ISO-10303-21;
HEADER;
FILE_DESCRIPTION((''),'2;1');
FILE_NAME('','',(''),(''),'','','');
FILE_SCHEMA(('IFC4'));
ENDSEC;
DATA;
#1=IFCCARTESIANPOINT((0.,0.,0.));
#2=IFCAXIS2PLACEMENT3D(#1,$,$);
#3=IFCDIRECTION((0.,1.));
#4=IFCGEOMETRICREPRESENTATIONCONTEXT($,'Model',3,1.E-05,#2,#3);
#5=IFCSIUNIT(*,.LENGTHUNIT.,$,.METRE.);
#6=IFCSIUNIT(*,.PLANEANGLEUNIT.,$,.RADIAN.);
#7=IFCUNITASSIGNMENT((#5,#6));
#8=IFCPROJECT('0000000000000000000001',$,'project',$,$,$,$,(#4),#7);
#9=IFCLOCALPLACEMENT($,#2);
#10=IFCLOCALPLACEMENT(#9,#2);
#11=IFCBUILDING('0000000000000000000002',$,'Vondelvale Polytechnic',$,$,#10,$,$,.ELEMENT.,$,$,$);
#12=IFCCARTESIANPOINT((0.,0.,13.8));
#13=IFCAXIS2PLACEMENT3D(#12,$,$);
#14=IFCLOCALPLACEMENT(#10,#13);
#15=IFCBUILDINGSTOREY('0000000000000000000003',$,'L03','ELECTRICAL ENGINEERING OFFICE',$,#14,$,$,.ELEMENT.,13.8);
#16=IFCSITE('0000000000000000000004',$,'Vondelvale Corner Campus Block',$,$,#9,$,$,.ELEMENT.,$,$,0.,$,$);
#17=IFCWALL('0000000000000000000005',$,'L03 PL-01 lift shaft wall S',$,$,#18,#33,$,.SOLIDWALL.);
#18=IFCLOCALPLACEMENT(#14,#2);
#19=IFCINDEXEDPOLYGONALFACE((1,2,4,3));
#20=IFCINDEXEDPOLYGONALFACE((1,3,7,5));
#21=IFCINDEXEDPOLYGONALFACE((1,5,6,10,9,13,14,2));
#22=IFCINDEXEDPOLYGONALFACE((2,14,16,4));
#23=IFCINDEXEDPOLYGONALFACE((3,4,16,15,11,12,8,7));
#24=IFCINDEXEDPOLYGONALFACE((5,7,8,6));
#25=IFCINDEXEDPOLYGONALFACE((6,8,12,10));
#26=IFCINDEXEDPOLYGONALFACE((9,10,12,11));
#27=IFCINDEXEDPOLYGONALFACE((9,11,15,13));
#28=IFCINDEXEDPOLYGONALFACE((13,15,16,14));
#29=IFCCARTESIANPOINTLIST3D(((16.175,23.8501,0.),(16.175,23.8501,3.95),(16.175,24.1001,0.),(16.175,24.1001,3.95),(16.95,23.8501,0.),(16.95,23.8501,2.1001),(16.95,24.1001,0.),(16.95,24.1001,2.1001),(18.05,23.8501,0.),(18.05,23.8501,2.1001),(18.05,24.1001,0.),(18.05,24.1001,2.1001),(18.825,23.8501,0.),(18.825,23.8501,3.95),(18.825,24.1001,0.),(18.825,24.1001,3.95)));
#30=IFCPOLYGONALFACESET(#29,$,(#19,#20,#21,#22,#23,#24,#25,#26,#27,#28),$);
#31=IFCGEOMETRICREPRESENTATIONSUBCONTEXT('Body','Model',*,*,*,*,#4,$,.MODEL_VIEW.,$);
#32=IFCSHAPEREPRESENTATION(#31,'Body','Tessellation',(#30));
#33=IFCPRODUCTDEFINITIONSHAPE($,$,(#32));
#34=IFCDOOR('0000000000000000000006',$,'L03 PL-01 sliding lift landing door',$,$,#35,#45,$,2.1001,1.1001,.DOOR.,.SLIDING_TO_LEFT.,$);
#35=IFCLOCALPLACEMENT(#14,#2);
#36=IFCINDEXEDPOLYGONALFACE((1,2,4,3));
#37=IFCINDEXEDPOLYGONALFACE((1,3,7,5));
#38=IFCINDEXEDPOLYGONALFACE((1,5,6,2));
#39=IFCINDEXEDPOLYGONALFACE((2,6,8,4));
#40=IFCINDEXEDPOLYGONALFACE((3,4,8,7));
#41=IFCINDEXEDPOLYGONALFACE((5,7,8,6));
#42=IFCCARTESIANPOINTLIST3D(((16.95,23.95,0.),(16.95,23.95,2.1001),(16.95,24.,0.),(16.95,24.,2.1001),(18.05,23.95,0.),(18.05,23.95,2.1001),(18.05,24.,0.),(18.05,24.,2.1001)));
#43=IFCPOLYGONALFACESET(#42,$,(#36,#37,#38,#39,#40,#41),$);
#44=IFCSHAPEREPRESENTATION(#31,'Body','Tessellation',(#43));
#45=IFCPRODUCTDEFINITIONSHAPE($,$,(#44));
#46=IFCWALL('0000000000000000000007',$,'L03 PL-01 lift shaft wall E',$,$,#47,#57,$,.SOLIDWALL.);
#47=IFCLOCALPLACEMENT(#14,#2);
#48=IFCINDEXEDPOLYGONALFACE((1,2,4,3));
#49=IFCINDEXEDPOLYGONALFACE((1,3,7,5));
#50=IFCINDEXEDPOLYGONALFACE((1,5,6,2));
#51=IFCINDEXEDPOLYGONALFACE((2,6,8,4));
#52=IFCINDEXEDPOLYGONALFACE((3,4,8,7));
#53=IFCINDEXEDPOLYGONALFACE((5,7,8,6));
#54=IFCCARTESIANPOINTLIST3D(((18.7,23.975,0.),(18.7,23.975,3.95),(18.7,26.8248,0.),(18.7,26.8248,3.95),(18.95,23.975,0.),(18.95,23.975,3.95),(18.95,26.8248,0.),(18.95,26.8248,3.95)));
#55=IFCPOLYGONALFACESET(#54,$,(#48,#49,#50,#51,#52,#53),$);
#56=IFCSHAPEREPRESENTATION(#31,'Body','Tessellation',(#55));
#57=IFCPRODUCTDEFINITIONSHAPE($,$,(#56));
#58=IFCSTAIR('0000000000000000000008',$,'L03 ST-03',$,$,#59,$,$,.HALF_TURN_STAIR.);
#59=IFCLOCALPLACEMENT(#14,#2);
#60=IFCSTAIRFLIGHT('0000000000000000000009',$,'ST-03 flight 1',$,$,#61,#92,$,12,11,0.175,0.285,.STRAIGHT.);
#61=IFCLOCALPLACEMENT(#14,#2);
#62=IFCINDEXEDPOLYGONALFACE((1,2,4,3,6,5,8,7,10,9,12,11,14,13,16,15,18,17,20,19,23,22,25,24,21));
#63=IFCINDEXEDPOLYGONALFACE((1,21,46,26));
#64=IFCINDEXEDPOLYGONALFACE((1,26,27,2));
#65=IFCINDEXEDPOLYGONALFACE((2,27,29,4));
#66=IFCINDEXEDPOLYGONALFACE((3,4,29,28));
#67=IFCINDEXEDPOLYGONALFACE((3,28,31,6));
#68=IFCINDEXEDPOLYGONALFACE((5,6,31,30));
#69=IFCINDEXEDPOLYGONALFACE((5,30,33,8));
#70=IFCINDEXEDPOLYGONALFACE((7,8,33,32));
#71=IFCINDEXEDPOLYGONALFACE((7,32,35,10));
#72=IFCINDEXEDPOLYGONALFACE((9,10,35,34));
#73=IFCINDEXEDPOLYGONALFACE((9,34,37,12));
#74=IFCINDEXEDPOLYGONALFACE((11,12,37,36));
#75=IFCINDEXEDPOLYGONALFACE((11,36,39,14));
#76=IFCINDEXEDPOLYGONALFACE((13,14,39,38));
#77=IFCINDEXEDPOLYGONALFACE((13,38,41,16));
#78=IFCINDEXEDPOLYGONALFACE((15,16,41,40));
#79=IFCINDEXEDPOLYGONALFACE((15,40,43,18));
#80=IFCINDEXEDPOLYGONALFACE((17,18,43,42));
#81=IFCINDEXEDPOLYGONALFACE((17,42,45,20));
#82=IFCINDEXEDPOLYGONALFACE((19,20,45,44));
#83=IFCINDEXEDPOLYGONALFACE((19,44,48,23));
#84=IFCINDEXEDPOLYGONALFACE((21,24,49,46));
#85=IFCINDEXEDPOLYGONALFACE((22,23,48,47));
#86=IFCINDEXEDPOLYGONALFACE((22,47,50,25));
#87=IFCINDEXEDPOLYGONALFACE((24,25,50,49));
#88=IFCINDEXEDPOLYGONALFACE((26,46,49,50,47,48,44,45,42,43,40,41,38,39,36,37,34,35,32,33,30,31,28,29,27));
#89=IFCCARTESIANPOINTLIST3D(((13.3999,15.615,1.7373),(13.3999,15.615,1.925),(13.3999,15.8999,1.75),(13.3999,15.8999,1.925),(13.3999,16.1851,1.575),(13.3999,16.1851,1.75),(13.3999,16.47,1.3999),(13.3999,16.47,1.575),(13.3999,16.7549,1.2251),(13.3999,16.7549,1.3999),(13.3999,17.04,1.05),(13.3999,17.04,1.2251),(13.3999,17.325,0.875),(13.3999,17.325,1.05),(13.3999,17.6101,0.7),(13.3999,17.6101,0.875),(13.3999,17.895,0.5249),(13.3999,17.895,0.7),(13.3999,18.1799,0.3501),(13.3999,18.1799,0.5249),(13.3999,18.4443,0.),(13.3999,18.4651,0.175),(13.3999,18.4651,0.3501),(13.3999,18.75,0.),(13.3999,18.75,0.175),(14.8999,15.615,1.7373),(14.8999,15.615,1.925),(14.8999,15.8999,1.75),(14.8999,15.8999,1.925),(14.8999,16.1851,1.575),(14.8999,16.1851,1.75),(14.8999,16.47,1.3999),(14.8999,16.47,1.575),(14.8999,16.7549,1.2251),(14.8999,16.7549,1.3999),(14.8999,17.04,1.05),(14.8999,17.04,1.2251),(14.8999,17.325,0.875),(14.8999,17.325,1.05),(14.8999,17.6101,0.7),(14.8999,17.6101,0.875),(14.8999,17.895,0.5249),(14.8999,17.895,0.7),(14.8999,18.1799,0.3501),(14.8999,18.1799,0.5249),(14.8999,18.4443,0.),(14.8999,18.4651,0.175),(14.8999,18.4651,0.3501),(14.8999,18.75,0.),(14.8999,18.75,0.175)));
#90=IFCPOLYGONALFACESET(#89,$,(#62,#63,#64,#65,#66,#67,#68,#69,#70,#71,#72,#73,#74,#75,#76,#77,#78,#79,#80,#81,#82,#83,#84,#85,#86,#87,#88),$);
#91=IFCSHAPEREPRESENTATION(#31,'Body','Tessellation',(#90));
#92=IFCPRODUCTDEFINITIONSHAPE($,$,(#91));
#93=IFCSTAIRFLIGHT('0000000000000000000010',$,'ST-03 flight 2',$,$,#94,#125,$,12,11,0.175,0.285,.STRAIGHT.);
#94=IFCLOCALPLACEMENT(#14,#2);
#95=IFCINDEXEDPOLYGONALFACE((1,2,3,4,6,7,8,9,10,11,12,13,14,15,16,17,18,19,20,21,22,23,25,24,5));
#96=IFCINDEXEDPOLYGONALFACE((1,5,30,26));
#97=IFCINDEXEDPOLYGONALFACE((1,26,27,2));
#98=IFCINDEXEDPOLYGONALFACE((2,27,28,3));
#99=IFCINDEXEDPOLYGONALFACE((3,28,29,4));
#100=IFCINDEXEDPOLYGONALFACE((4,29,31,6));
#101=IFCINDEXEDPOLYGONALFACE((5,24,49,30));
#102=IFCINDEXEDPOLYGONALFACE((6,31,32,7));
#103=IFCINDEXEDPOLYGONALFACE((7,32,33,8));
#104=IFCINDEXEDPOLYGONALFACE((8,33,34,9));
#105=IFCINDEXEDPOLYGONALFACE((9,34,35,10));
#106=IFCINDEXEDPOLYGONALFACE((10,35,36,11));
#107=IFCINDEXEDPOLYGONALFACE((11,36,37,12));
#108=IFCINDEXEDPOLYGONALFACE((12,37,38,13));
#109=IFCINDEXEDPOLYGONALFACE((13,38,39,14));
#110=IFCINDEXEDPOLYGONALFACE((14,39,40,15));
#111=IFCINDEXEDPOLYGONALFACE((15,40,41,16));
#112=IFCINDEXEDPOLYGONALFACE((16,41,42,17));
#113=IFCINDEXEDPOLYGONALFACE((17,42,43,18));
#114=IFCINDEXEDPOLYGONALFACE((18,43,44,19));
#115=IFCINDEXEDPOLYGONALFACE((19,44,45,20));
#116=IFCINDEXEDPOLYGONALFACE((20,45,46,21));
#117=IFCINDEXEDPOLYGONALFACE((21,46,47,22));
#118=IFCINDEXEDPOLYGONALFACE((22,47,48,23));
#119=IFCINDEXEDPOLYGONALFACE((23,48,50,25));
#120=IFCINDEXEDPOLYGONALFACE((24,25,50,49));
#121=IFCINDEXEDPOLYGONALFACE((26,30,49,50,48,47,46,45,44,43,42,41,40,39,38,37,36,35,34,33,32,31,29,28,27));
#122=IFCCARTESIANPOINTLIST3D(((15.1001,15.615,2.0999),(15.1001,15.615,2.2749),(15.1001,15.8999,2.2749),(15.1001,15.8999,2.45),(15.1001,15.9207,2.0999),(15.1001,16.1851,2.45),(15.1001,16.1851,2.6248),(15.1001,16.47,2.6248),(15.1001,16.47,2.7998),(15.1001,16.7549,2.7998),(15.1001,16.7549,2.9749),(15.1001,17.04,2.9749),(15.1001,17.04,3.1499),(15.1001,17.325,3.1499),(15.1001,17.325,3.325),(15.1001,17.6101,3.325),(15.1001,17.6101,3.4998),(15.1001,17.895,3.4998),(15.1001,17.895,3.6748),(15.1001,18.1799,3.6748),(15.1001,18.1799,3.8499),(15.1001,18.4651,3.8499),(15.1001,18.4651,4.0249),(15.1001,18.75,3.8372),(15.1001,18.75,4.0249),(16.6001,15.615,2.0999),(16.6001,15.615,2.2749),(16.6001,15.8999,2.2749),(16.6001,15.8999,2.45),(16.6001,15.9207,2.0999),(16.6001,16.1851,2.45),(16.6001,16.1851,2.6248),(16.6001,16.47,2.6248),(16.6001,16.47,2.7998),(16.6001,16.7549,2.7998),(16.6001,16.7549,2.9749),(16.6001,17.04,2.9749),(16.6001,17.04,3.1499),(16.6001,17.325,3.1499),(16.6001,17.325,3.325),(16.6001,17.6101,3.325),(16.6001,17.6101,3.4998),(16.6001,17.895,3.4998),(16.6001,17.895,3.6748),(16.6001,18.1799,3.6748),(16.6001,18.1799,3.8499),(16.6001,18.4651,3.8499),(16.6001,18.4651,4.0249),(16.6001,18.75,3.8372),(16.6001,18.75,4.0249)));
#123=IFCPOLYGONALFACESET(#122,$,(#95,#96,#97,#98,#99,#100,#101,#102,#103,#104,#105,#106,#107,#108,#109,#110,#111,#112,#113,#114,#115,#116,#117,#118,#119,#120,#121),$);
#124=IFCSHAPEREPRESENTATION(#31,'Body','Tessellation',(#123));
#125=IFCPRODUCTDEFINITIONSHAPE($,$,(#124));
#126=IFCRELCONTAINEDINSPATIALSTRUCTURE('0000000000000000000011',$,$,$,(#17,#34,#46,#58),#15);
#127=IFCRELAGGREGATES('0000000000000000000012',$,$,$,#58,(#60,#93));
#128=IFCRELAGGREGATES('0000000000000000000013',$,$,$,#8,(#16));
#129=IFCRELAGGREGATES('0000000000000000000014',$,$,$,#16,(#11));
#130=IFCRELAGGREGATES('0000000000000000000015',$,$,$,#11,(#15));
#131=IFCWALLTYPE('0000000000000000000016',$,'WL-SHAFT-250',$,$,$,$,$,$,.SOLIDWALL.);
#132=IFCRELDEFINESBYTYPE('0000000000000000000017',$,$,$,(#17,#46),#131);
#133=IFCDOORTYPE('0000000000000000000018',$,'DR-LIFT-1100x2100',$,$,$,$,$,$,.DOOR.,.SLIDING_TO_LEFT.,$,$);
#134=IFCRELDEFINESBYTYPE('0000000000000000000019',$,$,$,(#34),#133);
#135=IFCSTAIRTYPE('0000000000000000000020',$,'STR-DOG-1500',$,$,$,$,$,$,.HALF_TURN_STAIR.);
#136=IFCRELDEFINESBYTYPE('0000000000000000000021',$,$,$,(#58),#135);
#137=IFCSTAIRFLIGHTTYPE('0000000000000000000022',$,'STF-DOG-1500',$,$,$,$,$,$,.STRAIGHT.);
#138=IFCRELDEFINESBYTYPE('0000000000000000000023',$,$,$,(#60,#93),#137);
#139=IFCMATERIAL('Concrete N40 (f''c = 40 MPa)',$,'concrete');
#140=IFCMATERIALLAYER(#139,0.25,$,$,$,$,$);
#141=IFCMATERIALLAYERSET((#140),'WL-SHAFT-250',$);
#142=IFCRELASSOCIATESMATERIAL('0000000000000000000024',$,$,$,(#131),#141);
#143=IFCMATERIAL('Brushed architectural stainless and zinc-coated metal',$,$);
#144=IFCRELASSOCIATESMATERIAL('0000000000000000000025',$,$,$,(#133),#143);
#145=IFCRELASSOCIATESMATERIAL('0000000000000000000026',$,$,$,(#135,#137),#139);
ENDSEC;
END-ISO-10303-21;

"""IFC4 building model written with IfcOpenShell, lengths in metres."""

from ifc_helpers import new_model, si_unit, direction, frame, frame_2d, origin, place, context, subcontext, project, spatial, polyline, rectangle, outline, extrude, material, layer, layer_set, type_object, element, fill, aggregate, save


model = new_model("IFC4")

# Units and contexts
model_context = context("Model", 3, precision=1e-05, world=origin(), true_north=direction((0.0, 1.0)))
body_context = subcontext(model_context, "Body", "Model", "MODEL_VIEW")
ifc_project = project(units=[si_unit("LENGTHUNIT", "METRE"), si_unit("PLANEANGLEUNIT", "RADIAN")], contexts=[model_context])

# Site, building, storey
site_placement = place(None, origin())
site = spatial("IfcSite", under=ifc_project, at=site_placement, Name="Vondelvale Corner Campus Block", CompositionType="ELEMENT", RefElevation=0.0)
building_placement = place(site_placement, origin())
building = spatial("IfcBuilding", under=site, at=building_placement, Name="Vondelvale Polytechnic", CompositionType="ELEMENT")
storey_placement = place(building_placement, frame((0.0, 0.0, 13.8)))
storey = spatial("IfcBuildingStorey", under=building, at=storey_placement, Name="L03", Description="ELECTRICAL ENGINEERING OFFICE", CompositionType="ELEMENT", Elevation=13.8)

# Shared definitions
ifc_material_1 = material(Name="Concrete N40 (f'c = 40 MPa)", Category="concrete")

# Shared definitions
ifc_material_2 = material(Name="Brushed architectural stainless and zinc-coated metal")

# Wall, opening, door
ifc_layer_1 = layer(ifc_material_1, 0.25)
ifc_layer_set_1 = layer_set([ifc_layer_1], Name="WL-SHAFT-250")
wall_type_1 = type_object("IfcWallType", Name="WL-SHAFT-250", PredefinedType="SOLIDWALL", material=ifc_layer_set_1)
wall_1_placement = place(storey_placement, frame((16.175, 23.9751, 0.0), z_axis=(0.0, 0.0, 1.0), x_axis=(1.0, 0.0, 0.0)))
wall_1 = element("IfcWall", 1, at=wall_1_placement, inside=storey, type_object=wall_type_1, Name="L03 PL-01 lift shaft wall S", PredefinedType="SOLIDWALL", context=body_context, shape_type="SweptSolid", body=[
    extrude(rectangle(XDim=2.6499, YDim=0.25, at=frame_2d((1.325, 0.0))), origin(), (0.0, 0.0, 1.0), 3.95),
])
opening_1_placement = place(wall_1_placement, frame((0.7749, 0.0, 0.0)))
opening_1 = element("IfcOpeningElement", 2, at=opening_1_placement, cuts=wall_1, PredefinedType="OPENING", context=body_context, shape_type="SweptSolid", body=[
    extrude(rectangle(XDim=1.1001, YDim=2.1001, at=frame_2d((0.55, 1.05))), frame((0.0, 0.135, 0.0), z_axis=(0.0, -1.0, 0.0), x_axis=(1.0, 0.0, 0.0)), (0.0, 0.0, 1.0), 0.27),
])
door_type_1 = type_object("IfcDoorType", Name="DR-LIFT-1100x2100", OperationType="SLIDING_TO_LEFT", PredefinedType="DOOR", material=ifc_material_2)
door_1_placement = place(opening_1_placement, origin())
door_1 = element("IfcDoor", 3, at=door_1_placement, inside=storey, type_object=door_type_1, Name="L03 PL-01 sliding lift landing door", OperationType="SLIDING_TO_LEFT", OverallHeight=2.1001, OverallWidth=1.1001, PredefinedType="DOOR", context=body_context, shape_type="SweptSolid", body=[
    extrude(rectangle(XDim=1.1001, YDim=2.1001, at=frame_2d((0.55, 1.05))), frame((0.0, 0.0249, 0.0), z_axis=(0.0, -1.0, 0.0), x_axis=(1.0, 0.0, 0.0)), (0.0, 0.0, 1.0), 0.05),
])
fill(opening_1, door_1)

# Wall
wall_2_placement = place(storey_placement, frame((18.825, 23.9751, 0.0), z_axis=(0.0, 0.0, 1.0), x_axis=(0.0, 1.0, 0.0)))
element("IfcWall", 4, at=wall_2_placement, inside=storey, type_object=wall_type_1, Name="L03 PL-01 lift shaft wall E", PredefinedType="SOLIDWALL", context=body_context, shape_type="SweptSolid", body=[
    extrude(rectangle(XDim=2.8499, YDim=0.25, at=frame_2d((1.4248, 0.0))), origin(), (0.0, 0.0, 1.0), 3.95),
])

# Stair, stair flights
stair_type = type_object("IfcStairType", Name="STR-DOG-1500", PredefinedType="HALF_TURN_STAIR", material=ifc_material_1)
stair_placement = place(storey_placement, origin())
stair = element("IfcStair", 5, at=stair_placement, inside=storey, type_object=stair_type, Name="L03 ST-03", PredefinedType="HALF_TURN_STAIR")
stair_flight_type = type_object("IfcStairFlightType", Name="STF-DOG-1500", PredefinedType="STRAIGHT", material=ifc_material_1)
stair_flight_1_placement = place(storey_placement, frame((14.1499, 18.75, 0.0), z_axis=(0.0, 0.0, 1.0), x_axis=(0.0, -1.0, 0.0)))
stair_flight_1 = element("IfcStairFlight", 6, at=stair_flight_1_placement, type_object=stair_flight_type, Name="ST-03 flight 1", NumberOfRisers=12, NumberOfTreads=11, PredefinedType="STRAIGHT", RiserHeight=0.175, TreadLength=0.285, context=body_context, shape_type="SweptSolid", body=[
    extrude(outline(polyline([(0.0, 0.0), (0.0, 0.175), (0.2849, 0.175), (0.2849, 0.3501), (0.5701, 0.3501), (0.5701, 0.5249), (0.855, 0.5249), (0.855, 0.7), (1.1399, 0.7), (1.1399, 0.875), (1.425, 0.875), (1.425, 1.05), (1.71, 1.05), (1.71, 1.2251), (1.9951, 1.2251), (1.9951, 1.3999), (2.28, 1.3999), (2.28, 1.575), (2.5649, 1.575), (2.5649, 1.75), (2.8501, 1.75), (2.8501, 1.925), (3.135, 1.925), (3.135, 2.1001), (3.135, 1.7373), (0.3057, 0.0), (0.0, 0.0)])), frame((0.0, 0.75, 0.0), z_axis=(0.0, -1.0, 0.0), x_axis=(1.0, 0.0, 0.0)), (0.0, 0.0, 1.0), 1.5),
])
stair_flight_2_placement = place(storey_placement, frame((15.8501, 15.615, 2.0999), z_axis=(0.0, 0.0, 1.0), x_axis=(0.0, 1.0, 0.0)))
stair_flight_2 = element("IfcStairFlight", 7, at=stair_flight_2_placement, type_object=stair_flight_type, Name="ST-03 flight 2", NumberOfRisers=12, NumberOfTreads=11, PredefinedType="STRAIGHT", RiserHeight=0.175, TreadLength=0.285, context=body_context, shape_type="SweptSolid", body=[
    extrude(outline(polyline([(0.0, 0.0), (0.0, 0.175), (0.2849, 0.175), (0.2849, 0.3501), (0.5701, 0.3501), (0.5701, 0.5249), (0.855, 0.5249), (0.855, 0.7), (1.1399, 0.7), (1.1399, 0.875), (1.425, 0.875), (1.425, 1.05), (1.71, 1.05), (1.71, 1.2251), (1.9951, 1.2251), (1.9951, 1.3999), (2.28, 1.3999), (2.28, 1.575), (2.5649, 1.575), (2.5649, 1.75), (2.8501, 1.75), (2.8501, 1.925), (3.135, 1.925), (3.135, 2.1001), (3.135, 1.7373), (0.3057, 0.0), (0.0, 0.0)])), frame((0.0, 0.75, 0.0), z_axis=(0.0, -1.0, 0.0), x_axis=(1.0, 0.0, 0.0)), (0.0, 0.0, 1.0), 1.5),
])
aggregate(stair, [stair_flight_1, stair_flight_2])

save(model, "model.ifc")
